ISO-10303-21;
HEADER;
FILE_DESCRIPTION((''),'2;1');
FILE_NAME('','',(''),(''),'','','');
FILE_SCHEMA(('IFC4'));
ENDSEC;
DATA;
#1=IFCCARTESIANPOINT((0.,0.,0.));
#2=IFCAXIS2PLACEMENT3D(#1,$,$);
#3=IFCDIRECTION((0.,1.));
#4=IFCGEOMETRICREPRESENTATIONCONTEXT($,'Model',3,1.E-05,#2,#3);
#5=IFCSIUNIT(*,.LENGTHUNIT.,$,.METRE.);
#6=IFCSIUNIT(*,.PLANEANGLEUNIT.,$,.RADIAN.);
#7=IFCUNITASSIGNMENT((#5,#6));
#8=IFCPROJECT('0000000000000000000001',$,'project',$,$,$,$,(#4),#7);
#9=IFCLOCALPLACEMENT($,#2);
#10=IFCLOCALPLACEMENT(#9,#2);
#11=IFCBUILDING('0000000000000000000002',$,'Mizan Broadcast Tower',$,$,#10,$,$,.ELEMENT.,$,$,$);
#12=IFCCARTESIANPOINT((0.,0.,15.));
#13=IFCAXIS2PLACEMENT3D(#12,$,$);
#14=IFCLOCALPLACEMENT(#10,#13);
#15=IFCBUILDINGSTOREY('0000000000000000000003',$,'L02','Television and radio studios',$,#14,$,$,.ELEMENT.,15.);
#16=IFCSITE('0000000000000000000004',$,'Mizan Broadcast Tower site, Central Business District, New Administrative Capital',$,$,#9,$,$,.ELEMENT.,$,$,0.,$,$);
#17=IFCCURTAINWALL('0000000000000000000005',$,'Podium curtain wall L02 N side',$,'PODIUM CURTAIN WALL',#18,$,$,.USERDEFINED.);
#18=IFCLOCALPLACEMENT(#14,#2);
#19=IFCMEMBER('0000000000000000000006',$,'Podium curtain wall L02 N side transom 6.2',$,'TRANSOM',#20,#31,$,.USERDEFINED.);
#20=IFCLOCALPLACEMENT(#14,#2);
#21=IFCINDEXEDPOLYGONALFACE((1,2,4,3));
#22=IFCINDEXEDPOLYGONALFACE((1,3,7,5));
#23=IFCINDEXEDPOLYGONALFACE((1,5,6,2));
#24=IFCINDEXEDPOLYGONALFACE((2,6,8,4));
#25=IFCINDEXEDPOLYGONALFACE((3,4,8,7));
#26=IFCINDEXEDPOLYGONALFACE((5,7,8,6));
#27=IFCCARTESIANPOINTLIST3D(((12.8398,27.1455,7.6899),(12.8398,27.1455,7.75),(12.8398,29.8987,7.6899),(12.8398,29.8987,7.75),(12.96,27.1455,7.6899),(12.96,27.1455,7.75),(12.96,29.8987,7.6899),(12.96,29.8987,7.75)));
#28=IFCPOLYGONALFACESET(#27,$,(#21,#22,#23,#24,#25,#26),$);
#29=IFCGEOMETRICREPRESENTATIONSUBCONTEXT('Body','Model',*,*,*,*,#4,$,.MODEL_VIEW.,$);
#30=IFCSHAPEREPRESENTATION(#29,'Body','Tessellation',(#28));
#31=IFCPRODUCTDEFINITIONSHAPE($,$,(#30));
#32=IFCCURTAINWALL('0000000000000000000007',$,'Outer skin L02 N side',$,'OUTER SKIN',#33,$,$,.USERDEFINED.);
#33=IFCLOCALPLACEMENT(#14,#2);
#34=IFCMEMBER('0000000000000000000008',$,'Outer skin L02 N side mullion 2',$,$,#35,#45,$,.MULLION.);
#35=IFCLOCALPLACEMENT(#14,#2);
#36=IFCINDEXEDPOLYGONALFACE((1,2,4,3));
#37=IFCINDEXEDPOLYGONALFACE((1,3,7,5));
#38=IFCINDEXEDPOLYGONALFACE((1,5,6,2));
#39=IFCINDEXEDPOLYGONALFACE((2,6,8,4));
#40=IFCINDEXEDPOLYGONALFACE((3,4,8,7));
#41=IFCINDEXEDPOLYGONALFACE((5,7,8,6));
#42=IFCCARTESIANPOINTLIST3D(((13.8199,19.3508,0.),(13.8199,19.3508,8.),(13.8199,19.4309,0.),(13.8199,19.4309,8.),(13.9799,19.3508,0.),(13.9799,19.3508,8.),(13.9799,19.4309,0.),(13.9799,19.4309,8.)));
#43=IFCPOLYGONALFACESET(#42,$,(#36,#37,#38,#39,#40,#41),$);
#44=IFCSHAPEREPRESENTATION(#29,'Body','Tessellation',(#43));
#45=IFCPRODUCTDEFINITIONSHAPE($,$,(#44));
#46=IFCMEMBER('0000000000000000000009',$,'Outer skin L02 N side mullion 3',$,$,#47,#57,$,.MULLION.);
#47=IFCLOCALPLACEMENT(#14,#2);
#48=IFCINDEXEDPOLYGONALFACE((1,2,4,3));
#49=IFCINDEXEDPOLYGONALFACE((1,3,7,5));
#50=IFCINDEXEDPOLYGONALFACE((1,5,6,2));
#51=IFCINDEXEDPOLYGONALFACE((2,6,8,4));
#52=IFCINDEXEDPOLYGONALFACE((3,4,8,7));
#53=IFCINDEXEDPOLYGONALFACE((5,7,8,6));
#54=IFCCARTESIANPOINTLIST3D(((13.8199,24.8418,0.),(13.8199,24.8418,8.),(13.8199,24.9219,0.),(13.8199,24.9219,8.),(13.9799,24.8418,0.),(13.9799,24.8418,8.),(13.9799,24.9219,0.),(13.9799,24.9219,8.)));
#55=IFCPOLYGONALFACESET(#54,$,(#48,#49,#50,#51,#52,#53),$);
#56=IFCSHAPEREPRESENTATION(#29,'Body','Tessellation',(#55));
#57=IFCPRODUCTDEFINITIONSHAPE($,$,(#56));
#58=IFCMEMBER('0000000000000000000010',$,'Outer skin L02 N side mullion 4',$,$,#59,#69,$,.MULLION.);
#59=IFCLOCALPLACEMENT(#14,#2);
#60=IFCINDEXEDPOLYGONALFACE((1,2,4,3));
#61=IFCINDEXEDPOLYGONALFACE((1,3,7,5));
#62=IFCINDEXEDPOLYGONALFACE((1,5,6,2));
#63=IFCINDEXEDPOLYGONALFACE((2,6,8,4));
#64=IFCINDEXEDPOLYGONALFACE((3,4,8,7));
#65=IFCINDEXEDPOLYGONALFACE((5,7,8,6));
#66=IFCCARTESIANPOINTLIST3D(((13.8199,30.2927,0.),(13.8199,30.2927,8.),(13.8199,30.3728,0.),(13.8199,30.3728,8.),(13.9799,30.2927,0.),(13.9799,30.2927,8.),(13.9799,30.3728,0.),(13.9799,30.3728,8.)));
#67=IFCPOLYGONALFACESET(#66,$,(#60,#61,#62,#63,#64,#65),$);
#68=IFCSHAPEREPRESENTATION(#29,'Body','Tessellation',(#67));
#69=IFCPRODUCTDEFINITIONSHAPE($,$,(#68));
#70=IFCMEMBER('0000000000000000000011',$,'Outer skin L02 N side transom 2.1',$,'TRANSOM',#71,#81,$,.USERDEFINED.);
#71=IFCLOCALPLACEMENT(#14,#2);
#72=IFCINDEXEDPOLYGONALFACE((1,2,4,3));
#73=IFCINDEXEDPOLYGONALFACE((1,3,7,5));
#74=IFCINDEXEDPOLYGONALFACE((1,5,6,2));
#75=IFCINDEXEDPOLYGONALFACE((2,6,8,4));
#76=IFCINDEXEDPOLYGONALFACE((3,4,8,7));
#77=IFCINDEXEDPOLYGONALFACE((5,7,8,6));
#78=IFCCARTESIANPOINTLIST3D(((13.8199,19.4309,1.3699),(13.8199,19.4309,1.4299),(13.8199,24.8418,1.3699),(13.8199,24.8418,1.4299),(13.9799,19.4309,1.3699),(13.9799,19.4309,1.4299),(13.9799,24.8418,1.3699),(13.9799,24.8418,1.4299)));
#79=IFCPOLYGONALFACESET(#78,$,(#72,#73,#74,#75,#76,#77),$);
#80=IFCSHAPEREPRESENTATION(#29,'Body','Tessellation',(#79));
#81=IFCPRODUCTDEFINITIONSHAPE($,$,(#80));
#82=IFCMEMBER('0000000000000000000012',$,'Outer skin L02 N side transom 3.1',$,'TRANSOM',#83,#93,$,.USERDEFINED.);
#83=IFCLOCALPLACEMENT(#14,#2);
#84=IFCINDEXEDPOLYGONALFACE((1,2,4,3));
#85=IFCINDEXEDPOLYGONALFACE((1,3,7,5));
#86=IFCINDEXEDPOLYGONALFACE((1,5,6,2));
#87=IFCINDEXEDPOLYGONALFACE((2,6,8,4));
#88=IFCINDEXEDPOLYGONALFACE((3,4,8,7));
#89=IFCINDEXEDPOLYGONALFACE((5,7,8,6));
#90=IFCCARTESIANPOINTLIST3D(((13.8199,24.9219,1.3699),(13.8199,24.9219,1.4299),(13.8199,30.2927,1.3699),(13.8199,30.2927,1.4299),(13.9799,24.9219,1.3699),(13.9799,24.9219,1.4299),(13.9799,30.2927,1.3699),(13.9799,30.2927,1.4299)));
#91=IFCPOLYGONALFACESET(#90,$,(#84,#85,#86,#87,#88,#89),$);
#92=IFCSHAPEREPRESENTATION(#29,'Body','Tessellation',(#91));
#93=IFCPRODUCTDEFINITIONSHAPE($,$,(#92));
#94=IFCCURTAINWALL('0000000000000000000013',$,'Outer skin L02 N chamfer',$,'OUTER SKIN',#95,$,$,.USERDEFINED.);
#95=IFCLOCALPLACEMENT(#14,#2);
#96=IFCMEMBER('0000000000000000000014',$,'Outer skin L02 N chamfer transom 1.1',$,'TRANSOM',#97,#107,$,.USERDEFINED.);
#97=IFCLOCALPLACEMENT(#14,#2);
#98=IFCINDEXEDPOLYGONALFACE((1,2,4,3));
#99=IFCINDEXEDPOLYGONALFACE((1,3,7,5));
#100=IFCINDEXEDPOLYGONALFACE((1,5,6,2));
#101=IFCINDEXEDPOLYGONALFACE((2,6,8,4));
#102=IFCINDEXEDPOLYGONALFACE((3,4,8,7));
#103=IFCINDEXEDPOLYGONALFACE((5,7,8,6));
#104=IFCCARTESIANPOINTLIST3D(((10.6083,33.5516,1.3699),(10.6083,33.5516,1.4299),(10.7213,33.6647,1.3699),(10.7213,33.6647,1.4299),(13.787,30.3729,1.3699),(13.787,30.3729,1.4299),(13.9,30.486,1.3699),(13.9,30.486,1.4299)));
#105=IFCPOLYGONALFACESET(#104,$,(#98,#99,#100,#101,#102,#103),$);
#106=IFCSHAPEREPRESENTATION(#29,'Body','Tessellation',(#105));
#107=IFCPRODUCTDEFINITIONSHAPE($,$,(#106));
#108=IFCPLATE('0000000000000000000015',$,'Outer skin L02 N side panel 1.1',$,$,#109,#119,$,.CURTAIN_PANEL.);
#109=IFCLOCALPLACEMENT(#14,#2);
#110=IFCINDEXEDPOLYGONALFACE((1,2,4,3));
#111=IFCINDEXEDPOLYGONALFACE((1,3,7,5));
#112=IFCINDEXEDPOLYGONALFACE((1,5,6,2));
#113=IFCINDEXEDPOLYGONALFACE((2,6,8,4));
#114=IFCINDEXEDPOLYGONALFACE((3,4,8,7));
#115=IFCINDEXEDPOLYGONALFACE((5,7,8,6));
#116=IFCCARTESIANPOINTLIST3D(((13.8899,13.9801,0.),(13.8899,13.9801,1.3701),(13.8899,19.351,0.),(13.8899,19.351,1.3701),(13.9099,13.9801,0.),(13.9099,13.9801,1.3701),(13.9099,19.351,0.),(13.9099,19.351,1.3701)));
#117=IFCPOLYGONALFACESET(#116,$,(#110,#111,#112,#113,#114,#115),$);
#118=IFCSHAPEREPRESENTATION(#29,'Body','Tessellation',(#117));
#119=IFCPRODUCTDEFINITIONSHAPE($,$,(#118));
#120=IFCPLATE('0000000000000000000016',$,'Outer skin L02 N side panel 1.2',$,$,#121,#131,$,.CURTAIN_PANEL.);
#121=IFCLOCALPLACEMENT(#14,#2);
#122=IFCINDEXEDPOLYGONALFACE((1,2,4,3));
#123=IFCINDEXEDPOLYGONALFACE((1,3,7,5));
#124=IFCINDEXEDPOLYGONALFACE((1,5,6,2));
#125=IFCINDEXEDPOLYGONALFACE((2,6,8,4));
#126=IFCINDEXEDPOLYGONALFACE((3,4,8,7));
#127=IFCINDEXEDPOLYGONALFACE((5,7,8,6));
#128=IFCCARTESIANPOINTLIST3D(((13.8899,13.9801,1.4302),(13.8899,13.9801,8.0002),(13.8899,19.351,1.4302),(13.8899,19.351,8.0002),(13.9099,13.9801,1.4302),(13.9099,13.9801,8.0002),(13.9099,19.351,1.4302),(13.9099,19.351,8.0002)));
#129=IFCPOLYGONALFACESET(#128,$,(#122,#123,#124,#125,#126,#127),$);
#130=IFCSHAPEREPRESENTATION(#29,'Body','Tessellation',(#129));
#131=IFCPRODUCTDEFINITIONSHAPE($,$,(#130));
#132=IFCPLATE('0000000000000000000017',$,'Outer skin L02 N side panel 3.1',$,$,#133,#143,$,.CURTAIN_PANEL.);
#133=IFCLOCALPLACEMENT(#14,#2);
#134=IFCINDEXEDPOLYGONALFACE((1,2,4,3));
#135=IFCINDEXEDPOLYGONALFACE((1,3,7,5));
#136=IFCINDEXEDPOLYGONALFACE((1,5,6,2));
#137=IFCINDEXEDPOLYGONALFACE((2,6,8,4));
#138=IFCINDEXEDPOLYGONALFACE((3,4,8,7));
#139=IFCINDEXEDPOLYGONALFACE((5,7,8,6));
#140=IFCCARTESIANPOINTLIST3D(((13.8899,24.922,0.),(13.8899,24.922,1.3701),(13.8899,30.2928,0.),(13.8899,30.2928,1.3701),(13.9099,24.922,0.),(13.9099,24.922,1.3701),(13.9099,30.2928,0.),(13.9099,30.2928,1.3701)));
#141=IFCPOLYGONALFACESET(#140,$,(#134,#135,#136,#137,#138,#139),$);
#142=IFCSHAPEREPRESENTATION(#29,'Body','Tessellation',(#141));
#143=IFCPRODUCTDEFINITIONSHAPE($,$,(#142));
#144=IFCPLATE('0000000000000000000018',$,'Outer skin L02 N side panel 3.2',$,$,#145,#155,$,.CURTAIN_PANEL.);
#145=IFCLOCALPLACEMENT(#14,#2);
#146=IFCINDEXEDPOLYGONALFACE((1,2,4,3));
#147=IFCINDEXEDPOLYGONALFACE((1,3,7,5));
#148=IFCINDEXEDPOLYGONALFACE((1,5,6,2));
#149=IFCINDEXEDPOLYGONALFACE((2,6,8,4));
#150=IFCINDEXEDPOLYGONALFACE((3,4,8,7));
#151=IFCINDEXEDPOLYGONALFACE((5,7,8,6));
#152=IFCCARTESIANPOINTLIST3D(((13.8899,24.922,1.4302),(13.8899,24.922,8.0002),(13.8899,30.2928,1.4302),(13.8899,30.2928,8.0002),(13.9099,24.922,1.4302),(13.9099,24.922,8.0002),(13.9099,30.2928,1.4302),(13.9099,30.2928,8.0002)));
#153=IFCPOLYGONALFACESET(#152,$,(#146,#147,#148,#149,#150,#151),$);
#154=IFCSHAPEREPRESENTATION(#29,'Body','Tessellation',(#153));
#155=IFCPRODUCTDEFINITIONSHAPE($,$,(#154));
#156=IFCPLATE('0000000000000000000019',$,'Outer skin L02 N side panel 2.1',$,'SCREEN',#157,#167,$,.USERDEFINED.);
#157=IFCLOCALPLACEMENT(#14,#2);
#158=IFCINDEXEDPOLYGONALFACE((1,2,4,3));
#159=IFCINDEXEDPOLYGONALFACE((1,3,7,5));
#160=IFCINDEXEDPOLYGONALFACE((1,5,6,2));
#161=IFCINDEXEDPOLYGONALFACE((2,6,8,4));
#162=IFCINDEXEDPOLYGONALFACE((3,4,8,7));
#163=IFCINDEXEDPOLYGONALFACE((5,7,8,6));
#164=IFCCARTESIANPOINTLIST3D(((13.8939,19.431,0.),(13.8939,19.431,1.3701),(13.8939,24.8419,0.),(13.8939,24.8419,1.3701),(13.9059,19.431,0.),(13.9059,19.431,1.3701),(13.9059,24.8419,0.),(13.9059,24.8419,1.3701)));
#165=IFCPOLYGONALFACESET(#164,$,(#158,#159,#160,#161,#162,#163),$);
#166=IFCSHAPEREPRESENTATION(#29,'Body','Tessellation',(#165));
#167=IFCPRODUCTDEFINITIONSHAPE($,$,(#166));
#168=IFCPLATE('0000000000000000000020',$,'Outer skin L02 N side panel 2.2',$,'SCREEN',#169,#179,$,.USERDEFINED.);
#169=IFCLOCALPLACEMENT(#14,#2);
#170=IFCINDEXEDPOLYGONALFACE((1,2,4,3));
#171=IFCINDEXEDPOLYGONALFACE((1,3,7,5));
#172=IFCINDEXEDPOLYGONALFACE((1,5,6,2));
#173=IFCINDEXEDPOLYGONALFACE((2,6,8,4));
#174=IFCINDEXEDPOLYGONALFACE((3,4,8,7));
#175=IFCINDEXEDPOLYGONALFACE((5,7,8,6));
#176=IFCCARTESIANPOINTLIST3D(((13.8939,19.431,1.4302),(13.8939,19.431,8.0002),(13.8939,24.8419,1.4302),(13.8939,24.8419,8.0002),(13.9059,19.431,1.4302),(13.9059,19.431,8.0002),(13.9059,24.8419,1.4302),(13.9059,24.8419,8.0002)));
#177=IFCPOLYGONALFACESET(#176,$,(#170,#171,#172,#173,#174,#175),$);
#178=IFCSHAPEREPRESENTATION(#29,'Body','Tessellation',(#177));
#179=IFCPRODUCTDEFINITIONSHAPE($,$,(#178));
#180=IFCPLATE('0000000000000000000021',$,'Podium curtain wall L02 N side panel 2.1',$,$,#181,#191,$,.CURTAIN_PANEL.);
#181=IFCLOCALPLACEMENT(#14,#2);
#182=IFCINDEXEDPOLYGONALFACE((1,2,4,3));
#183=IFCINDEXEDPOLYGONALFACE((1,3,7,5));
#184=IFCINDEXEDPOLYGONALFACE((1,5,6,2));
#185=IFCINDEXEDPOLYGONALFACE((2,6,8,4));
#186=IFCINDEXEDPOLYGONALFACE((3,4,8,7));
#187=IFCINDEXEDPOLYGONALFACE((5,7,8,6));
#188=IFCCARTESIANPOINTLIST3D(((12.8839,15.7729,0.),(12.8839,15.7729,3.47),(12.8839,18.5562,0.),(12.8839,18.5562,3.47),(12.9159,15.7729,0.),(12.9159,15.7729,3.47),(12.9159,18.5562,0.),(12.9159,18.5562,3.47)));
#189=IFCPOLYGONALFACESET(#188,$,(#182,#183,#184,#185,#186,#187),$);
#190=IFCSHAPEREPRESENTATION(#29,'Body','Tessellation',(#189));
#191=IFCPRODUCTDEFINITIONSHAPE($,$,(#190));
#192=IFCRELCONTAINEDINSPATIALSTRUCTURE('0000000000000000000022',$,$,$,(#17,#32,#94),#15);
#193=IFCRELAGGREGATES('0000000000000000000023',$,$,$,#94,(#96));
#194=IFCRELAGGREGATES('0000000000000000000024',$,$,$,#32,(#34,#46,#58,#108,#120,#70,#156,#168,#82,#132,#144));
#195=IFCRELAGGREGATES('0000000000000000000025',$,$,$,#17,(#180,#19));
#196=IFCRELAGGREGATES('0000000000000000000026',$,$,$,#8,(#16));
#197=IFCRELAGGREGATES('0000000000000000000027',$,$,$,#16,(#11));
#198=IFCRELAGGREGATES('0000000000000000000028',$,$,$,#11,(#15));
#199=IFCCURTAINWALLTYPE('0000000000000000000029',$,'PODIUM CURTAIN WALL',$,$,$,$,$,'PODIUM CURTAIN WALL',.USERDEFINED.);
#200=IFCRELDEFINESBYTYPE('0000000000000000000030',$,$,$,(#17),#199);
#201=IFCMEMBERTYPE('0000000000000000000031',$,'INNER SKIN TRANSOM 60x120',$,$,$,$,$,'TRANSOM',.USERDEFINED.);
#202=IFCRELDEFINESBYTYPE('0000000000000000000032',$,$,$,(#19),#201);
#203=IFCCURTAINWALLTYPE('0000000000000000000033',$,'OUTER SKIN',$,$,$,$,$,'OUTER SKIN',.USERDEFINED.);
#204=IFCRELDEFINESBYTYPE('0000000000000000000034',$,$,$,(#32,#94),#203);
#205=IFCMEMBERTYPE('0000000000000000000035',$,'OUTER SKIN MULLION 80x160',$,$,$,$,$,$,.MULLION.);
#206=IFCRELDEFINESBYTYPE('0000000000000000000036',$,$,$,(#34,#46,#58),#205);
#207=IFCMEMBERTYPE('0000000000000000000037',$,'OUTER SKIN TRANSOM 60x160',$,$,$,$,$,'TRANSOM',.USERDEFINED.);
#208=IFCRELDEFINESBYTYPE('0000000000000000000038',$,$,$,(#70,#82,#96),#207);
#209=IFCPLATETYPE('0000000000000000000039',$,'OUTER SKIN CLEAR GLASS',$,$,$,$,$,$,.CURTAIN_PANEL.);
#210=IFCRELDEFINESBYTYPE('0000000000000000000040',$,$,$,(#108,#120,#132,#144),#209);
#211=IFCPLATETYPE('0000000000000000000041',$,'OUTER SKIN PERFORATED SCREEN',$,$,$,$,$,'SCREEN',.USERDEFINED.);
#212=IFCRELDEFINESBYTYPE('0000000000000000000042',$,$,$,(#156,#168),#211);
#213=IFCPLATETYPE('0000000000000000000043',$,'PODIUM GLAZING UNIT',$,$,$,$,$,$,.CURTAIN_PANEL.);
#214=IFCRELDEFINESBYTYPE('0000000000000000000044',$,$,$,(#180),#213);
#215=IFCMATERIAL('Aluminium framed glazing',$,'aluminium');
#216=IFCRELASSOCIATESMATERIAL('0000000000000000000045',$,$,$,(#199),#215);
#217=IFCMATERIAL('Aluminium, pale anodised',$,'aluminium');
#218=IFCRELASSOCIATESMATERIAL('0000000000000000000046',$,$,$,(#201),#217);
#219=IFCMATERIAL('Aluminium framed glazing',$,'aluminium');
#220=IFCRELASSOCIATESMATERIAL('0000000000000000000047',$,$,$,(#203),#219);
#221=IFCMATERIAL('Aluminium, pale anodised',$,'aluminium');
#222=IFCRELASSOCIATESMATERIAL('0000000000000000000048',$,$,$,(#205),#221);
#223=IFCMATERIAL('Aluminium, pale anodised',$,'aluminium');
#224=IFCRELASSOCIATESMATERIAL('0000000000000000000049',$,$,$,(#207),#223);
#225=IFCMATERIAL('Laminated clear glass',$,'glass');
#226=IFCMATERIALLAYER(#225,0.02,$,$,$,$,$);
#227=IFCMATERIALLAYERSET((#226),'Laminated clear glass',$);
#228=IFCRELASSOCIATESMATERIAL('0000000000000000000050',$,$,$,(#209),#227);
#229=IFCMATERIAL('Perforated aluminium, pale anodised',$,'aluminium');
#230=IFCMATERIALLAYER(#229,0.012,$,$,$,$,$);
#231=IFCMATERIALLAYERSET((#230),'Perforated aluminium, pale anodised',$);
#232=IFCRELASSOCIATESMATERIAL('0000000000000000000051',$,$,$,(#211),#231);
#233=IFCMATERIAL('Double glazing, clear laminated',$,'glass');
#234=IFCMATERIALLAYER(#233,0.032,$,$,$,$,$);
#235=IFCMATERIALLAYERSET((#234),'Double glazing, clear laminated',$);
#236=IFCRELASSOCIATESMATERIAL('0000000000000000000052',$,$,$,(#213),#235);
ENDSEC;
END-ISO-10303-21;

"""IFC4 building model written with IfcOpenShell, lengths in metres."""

from ifc_helpers import new_model, si_unit, direction, frame, origin, origin_2d, place, context, subcontext, project, spatial, rectangle, extrude, material, layer, layer_set, material_profile, profile_set, type_object, element, aggregate, save


model = new_model("IFC4")

# Units and contexts
model_context = context("Model", 3, precision=1e-05, world=origin(), true_north=direction((0.0, 1.0)))
body_context = subcontext(model_context, "Body", "Model", "MODEL_VIEW")
ifc_project = project(units=[si_unit("LENGTHUNIT", "METRE"), si_unit("PLANEANGLEUNIT", "RADIAN")], contexts=[model_context])

# Site, building, storey
site_placement = place(None, origin())
site = spatial("IfcSite", under=ifc_project, at=site_placement, Name="Mizan Broadcast Tower site, Central Business District, New Administrative Capital", CompositionType="ELEMENT", RefElevation=0.0)
building_placement = place(site_placement, origin())
building = spatial("IfcBuilding", under=site, at=building_placement, Name="Mizan Broadcast Tower", CompositionType="ELEMENT")
storey_placement = place(building_placement, frame((0.0, 0.0, 15.0)))
storey = spatial("IfcBuildingStorey", under=building, at=storey_placement, Name="L02", Description="Television and radio studios", CompositionType="ELEMENT", Elevation=15.0)

# Curtain walls, members
ifc_material_1 = material(Name="Aluminium framed glazing", Category="aluminium")
curtain_wall_type_1 = type_object("IfcCurtainWallType", Name="PODIUM CURTAIN WALL", ElementType="PODIUM CURTAIN WALL", PredefinedType="USERDEFINED", material=ifc_material_1)
curtain_wall_1_placement = place(storey_placement, origin())
curtain_wall_1 = element("IfcCurtainWall", 1, at=curtain_wall_1_placement, inside=storey, type_object=curtain_wall_type_1, Name="Podium curtain wall L02 N side", ObjectType="PODIUM CURTAIN WALL", PredefinedType="USERDEFINED")
ifc_material_2 = material(Name="Aluminium, pale anodised", Category="aluminium")
ifc_material_profile_1 = material_profile(ifc_material_2, rectangle(XDim=0.1201, YDim=0.0601, at=origin_2d()), Name="TRANSOM 120x60")
ifc_profile_set_1 = profile_set([ifc_material_profile_1], Name="Aluminium, pale anodised")
member_type_1 = type_object("IfcMemberType", Name="INNER SKIN TRANSOM 60x120", ElementType="TRANSOM", PredefinedType="USERDEFINED", material=ifc_profile_set_1)
member_1_placement = place(storey_placement, frame((12.8999, 27.1455, 7.72), z_axis=(0.0, 1.0, 0.0), x_axis=(-1.0, 0.0, 0.0)))
member_1 = element("IfcMember", 2, at=member_1_placement, type_object=member_type_1, Name="Podium curtain wall L02 N side transom 6.2", ObjectType="TRANSOM", PredefinedType="USERDEFINED", context=body_context, shape_type="SweptSolid", body=[
    extrude(rectangle(XDim=0.1201, YDim=0.0601, at=origin_2d()), origin(), (0.0, 0.0, 1.0), 2.7532),
])
ifc_material_3 = material(Name="Aluminium framed glazing", Category="aluminium")
curtain_wall_type_2 = type_object("IfcCurtainWallType", Name="OUTER SKIN", ElementType="OUTER SKIN", PredefinedType="USERDEFINED", material=ifc_material_3)
curtain_wall_2_placement = place(storey_placement, origin())
curtain_wall_2 = element("IfcCurtainWall", 3, at=curtain_wall_2_placement, inside=storey, type_object=curtain_wall_type_2, Name="Outer skin L02 N side", ObjectType="OUTER SKIN", PredefinedType="USERDEFINED")
ifc_material_4 = material(Name="Aluminium, pale anodised", Category="aluminium")
ifc_material_profile_2 = material_profile(ifc_material_4, rectangle(XDim=0.1599, YDim=0.0801, at=origin_2d()), Name="MULLION 160x80")
ifc_profile_set_2 = profile_set([ifc_material_profile_2], Name="Aluminium, pale anodised")
member_type_2 = type_object("IfcMemberType", Name="OUTER SKIN MULLION 80x160", PredefinedType="MULLION", material=ifc_profile_set_2)
member_2_placement = place(storey_placement, frame((13.8999, 19.3909, 0.0), z_axis=(0.0, 0.0, 1.0), x_axis=(-1.0, 0.0, 0.0)))
member_2 = element("IfcMember", 4, at=member_2_placement, type_object=member_type_2, Name="Outer skin L02 N side mullion 2", PredefinedType="MULLION", context=body_context, shape_type="SweptSolid", body=[
    extrude(rectangle(XDim=0.1599, YDim=0.0801, at=origin_2d()), origin(), (0.0, 0.0, 1.0), 8.0),
])
member_3_placement = place(storey_placement, frame((13.8999, 24.8818, 0.0), z_axis=(0.0, 0.0, 1.0), x_axis=(-1.0, 0.0, 0.0)))
member_3 = element("IfcMember", 5, at=member_3_placement, type_object=member_type_2, Name="Outer skin L02 N side mullion 3", PredefinedType="MULLION", context=body_context, shape_type="SweptSolid", body=[
    extrude(rectangle(XDim=0.1599, YDim=0.0801, at=origin_2d()), origin(), (0.0, 0.0, 1.0), 8.0),
])
member_4_placement = place(storey_placement, frame((13.8999, 30.3328, 0.0), z_axis=(0.0, 0.0, 1.0), x_axis=(-1.0, 0.0, 0.0)))
member_4 = element("IfcMember", 6, at=member_4_placement, type_object=member_type_2, Name="Outer skin L02 N side mullion 4", PredefinedType="MULLION", context=body_context, shape_type="SweptSolid", body=[
    extrude(rectangle(XDim=0.1599, YDim=0.0801, at=origin_2d()), origin(), (0.0, 0.0, 1.0), 8.0),
])
ifc_material_5 = material(Name="Aluminium, pale anodised", Category="aluminium")
ifc_material_profile_3 = material_profile(ifc_material_5, rectangle(XDim=0.1599, YDim=0.0601, at=origin_2d()), Name="TRANSOM 160x60")
ifc_profile_set_3 = profile_set([ifc_material_profile_3], Name="Aluminium, pale anodised")
member_type_3 = type_object("IfcMemberType", Name="OUTER SKIN TRANSOM 60x160", ElementType="TRANSOM", PredefinedType="USERDEFINED", material=ifc_profile_set_3)
member_5_placement = place(storey_placement, frame((13.8999, 19.4309, 1.3999), z_axis=(0.0, 1.0, 0.0), x_axis=(-1.0, 0.0, 0.0)))
member_5 = element("IfcMember", 7, at=member_5_placement, type_object=member_type_3, Name="Outer skin L02 N side transom 2.1", ObjectType="TRANSOM", PredefinedType="USERDEFINED", context=body_context, shape_type="SweptSolid", body=[
    extrude(rectangle(XDim=0.1599, YDim=0.0601, at=origin_2d()), origin(), (0.0, 0.0, 1.0), 5.4109),
])
member_6_placement = place(storey_placement, frame((13.8999, 24.9219, 1.3999), z_axis=(0.0, 1.0, 0.0), x_axis=(-1.0, 0.0, 0.0)))
member_6 = element("IfcMember", 8, at=member_6_placement, type_object=member_type_3, Name="Outer skin L02 N side transom 3.1", ObjectType="TRANSOM", PredefinedType="USERDEFINED", context=body_context, shape_type="SweptSolid", body=[
    extrude(rectangle(XDim=0.1599, YDim=0.0601, at=origin_2d()), origin(), (0.0, 0.0, 1.0), 5.3708),
])

# Curtain wall, member
curtain_wall_3_placement = place(storey_placement, origin())
curtain_wall_3 = element("IfcCurtainWall", 9, at=curtain_wall_3_placement, inside=storey, type_object=curtain_wall_type_2, Name="Outer skin L02 N chamfer", ObjectType="OUTER SKIN", PredefinedType="USERDEFINED")
member_7_placement = place(storey_placement, frame((13.8435, 30.4294, 1.3999), z_axis=(-0.707107, 0.707107, 0.0), x_axis=(-0.707107, -0.707107, 0.0)))
member_7 = element("IfcMember", 10, at=member_7_placement, type_object=member_type_3, Name="Outer skin L02 N chamfer transom 1.1", ObjectType="TRANSOM", PredefinedType="USERDEFINED", context=body_context, shape_type="SweptSolid", body=[
    extrude(rectangle(XDim=0.1599, YDim=0.0601, at=origin_2d()), origin(), (0.0, 0.0, 1.0), 4.4954),
])
aggregate(curtain_wall_3, [member_7])

# Plates
ifc_material_6 = material(Name="Laminated clear glass", Category="glass")
ifc_layer_1 = layer(ifc_material_6, 0.02)
ifc_layer_set_1 = layer_set([ifc_layer_1], Name="Laminated clear glass")
plate_type_1 = type_object("IfcPlateType", Name="OUTER SKIN CLEAR GLASS", PredefinedType="CURTAIN_PANEL", material=ifc_layer_set_1)
plate_1_placement = place(storey_placement, frame((13.8999, 16.6655, 0.0), z_axis=(0.0, 0.0, 1.0), x_axis=(0.0, 1.0, 0.0)))
plate_1 = element("IfcPlate", 11, at=plate_1_placement, type_object=plate_type_1, Name="Outer skin L02 N side panel 1.1", PredefinedType="CURTAIN_PANEL", context=body_context, shape_type="SweptSolid", body=[
    extrude(rectangle(XDim=5.3708, YDim=0.02, at=origin_2d()), origin(), (0.0, 0.0, 1.0), 1.3701),
])
plate_2_placement = place(storey_placement, frame((13.8999, 16.6655, 1.4302), z_axis=(0.0, 0.0, 1.0), x_axis=(0.0, 1.0, 0.0)))
plate_2 = element("IfcPlate", 12, at=plate_2_placement, type_object=plate_type_1, Name="Outer skin L02 N side panel 1.2", PredefinedType="CURTAIN_PANEL", context=body_context, shape_type="SweptSolid", body=[
    extrude(rectangle(XDim=5.3708, YDim=0.02, at=origin_2d()), origin(), (0.0, 0.0, 1.0), 6.5701),
])
plate_3_placement = place(storey_placement, frame((13.8999, 27.6074, 0.0), z_axis=(0.0, 0.0, 1.0), x_axis=(0.0, 1.0, 0.0)))
plate_3 = element("IfcPlate", 13, at=plate_3_placement, type_object=plate_type_1, Name="Outer skin L02 N side panel 3.1", PredefinedType="CURTAIN_PANEL", context=body_context, shape_type="SweptSolid", body=[
    extrude(rectangle(XDim=5.3708, YDim=0.02, at=origin_2d()), origin(), (0.0, 0.0, 1.0), 1.3701),
])
plate_4_placement = place(storey_placement, frame((13.8999, 27.6074, 1.4302), z_axis=(0.0, 0.0, 1.0), x_axis=(0.0, 1.0, 0.0)))
plate_4 = element("IfcPlate", 14, at=plate_4_placement, type_object=plate_type_1, Name="Outer skin L02 N side panel 3.2", PredefinedType="CURTAIN_PANEL", context=body_context, shape_type="SweptSolid", body=[
    extrude(rectangle(XDim=5.3708, YDim=0.02, at=origin_2d()), origin(), (0.0, 0.0, 1.0), 6.5701),
])
ifc_material_7 = material(Name="Perforated aluminium, pale anodised", Category="aluminium")
ifc_layer_2 = layer(ifc_material_7, 0.012)
ifc_layer_set_2 = layer_set([ifc_layer_2], Name="Perforated aluminium, pale anodised")
plate_type_2 = type_object("IfcPlateType", Name="OUTER SKIN PERFORATED SCREEN", ElementType="SCREEN", PredefinedType="USERDEFINED", material=ifc_layer_set_2)
plate_5_placement = place(storey_placement, frame((13.8999, 22.1365, 0.0), z_axis=(0.0, 0.0, 1.0), x_axis=(0.0, 1.0, 0.0)))
plate_5 = element("IfcPlate", 15, at=plate_5_placement, type_object=plate_type_2, Name="Outer skin L02 N side panel 2.1", ObjectType="SCREEN", PredefinedType="USERDEFINED", context=body_context, shape_type="SweptSolid", body=[
    extrude(rectangle(XDim=5.4109, YDim=0.012, at=origin_2d()), origin(), (0.0, 0.0, 1.0), 1.3701),
])
plate_6_placement = place(storey_placement, frame((13.8999, 22.1365, 1.4302), z_axis=(0.0, 0.0, 1.0), x_axis=(0.0, 1.0, 0.0)))
plate_6 = element("IfcPlate", 16, at=plate_6_placement, type_object=plate_type_2, Name="Outer skin L02 N side panel 2.2", ObjectType="SCREEN", PredefinedType="USERDEFINED", context=body_context, shape_type="SweptSolid", body=[
    extrude(rectangle(XDim=5.4109, YDim=0.012, at=origin_2d()), origin(), (0.0, 0.0, 1.0), 6.5701),
])
aggregate(curtain_wall_2, [member_2, member_3, member_4, plate_1, plate_2, member_5, plate_5, plate_6, member_6, plate_3, plate_4])
ifc_material_8 = material(Name="Double glazing, clear laminated", Category="glass")
ifc_layer_3 = layer(ifc_material_8, 0.032)
ifc_layer_set_3 = layer_set([ifc_layer_3], Name="Double glazing, clear laminated")
plate_type_3 = type_object("IfcPlateType", Name="PODIUM GLAZING UNIT", PredefinedType="CURTAIN_PANEL", material=ifc_layer_set_3)
plate_7_placement = place(storey_placement, frame((12.8999, 17.1646, 0.0), z_axis=(0.0, 0.0, 1.0), x_axis=(0.0, 1.0, 0.0)))
plate_7 = element("IfcPlate", 17, at=plate_7_placement, type_object=plate_type_3, Name="Podium curtain wall L02 N side panel 2.1", PredefinedType="CURTAIN_PANEL", context=body_context, shape_type="SweptSolid", body=[
    extrude(rectangle(XDim=2.7832, YDim=0.032, at=origin_2d()), origin(), (0.0, 0.0, 1.0), 3.47),
])
aggregate(curtain_wall_1, [plate_7, member_1])

save(model, "model.ifc")
